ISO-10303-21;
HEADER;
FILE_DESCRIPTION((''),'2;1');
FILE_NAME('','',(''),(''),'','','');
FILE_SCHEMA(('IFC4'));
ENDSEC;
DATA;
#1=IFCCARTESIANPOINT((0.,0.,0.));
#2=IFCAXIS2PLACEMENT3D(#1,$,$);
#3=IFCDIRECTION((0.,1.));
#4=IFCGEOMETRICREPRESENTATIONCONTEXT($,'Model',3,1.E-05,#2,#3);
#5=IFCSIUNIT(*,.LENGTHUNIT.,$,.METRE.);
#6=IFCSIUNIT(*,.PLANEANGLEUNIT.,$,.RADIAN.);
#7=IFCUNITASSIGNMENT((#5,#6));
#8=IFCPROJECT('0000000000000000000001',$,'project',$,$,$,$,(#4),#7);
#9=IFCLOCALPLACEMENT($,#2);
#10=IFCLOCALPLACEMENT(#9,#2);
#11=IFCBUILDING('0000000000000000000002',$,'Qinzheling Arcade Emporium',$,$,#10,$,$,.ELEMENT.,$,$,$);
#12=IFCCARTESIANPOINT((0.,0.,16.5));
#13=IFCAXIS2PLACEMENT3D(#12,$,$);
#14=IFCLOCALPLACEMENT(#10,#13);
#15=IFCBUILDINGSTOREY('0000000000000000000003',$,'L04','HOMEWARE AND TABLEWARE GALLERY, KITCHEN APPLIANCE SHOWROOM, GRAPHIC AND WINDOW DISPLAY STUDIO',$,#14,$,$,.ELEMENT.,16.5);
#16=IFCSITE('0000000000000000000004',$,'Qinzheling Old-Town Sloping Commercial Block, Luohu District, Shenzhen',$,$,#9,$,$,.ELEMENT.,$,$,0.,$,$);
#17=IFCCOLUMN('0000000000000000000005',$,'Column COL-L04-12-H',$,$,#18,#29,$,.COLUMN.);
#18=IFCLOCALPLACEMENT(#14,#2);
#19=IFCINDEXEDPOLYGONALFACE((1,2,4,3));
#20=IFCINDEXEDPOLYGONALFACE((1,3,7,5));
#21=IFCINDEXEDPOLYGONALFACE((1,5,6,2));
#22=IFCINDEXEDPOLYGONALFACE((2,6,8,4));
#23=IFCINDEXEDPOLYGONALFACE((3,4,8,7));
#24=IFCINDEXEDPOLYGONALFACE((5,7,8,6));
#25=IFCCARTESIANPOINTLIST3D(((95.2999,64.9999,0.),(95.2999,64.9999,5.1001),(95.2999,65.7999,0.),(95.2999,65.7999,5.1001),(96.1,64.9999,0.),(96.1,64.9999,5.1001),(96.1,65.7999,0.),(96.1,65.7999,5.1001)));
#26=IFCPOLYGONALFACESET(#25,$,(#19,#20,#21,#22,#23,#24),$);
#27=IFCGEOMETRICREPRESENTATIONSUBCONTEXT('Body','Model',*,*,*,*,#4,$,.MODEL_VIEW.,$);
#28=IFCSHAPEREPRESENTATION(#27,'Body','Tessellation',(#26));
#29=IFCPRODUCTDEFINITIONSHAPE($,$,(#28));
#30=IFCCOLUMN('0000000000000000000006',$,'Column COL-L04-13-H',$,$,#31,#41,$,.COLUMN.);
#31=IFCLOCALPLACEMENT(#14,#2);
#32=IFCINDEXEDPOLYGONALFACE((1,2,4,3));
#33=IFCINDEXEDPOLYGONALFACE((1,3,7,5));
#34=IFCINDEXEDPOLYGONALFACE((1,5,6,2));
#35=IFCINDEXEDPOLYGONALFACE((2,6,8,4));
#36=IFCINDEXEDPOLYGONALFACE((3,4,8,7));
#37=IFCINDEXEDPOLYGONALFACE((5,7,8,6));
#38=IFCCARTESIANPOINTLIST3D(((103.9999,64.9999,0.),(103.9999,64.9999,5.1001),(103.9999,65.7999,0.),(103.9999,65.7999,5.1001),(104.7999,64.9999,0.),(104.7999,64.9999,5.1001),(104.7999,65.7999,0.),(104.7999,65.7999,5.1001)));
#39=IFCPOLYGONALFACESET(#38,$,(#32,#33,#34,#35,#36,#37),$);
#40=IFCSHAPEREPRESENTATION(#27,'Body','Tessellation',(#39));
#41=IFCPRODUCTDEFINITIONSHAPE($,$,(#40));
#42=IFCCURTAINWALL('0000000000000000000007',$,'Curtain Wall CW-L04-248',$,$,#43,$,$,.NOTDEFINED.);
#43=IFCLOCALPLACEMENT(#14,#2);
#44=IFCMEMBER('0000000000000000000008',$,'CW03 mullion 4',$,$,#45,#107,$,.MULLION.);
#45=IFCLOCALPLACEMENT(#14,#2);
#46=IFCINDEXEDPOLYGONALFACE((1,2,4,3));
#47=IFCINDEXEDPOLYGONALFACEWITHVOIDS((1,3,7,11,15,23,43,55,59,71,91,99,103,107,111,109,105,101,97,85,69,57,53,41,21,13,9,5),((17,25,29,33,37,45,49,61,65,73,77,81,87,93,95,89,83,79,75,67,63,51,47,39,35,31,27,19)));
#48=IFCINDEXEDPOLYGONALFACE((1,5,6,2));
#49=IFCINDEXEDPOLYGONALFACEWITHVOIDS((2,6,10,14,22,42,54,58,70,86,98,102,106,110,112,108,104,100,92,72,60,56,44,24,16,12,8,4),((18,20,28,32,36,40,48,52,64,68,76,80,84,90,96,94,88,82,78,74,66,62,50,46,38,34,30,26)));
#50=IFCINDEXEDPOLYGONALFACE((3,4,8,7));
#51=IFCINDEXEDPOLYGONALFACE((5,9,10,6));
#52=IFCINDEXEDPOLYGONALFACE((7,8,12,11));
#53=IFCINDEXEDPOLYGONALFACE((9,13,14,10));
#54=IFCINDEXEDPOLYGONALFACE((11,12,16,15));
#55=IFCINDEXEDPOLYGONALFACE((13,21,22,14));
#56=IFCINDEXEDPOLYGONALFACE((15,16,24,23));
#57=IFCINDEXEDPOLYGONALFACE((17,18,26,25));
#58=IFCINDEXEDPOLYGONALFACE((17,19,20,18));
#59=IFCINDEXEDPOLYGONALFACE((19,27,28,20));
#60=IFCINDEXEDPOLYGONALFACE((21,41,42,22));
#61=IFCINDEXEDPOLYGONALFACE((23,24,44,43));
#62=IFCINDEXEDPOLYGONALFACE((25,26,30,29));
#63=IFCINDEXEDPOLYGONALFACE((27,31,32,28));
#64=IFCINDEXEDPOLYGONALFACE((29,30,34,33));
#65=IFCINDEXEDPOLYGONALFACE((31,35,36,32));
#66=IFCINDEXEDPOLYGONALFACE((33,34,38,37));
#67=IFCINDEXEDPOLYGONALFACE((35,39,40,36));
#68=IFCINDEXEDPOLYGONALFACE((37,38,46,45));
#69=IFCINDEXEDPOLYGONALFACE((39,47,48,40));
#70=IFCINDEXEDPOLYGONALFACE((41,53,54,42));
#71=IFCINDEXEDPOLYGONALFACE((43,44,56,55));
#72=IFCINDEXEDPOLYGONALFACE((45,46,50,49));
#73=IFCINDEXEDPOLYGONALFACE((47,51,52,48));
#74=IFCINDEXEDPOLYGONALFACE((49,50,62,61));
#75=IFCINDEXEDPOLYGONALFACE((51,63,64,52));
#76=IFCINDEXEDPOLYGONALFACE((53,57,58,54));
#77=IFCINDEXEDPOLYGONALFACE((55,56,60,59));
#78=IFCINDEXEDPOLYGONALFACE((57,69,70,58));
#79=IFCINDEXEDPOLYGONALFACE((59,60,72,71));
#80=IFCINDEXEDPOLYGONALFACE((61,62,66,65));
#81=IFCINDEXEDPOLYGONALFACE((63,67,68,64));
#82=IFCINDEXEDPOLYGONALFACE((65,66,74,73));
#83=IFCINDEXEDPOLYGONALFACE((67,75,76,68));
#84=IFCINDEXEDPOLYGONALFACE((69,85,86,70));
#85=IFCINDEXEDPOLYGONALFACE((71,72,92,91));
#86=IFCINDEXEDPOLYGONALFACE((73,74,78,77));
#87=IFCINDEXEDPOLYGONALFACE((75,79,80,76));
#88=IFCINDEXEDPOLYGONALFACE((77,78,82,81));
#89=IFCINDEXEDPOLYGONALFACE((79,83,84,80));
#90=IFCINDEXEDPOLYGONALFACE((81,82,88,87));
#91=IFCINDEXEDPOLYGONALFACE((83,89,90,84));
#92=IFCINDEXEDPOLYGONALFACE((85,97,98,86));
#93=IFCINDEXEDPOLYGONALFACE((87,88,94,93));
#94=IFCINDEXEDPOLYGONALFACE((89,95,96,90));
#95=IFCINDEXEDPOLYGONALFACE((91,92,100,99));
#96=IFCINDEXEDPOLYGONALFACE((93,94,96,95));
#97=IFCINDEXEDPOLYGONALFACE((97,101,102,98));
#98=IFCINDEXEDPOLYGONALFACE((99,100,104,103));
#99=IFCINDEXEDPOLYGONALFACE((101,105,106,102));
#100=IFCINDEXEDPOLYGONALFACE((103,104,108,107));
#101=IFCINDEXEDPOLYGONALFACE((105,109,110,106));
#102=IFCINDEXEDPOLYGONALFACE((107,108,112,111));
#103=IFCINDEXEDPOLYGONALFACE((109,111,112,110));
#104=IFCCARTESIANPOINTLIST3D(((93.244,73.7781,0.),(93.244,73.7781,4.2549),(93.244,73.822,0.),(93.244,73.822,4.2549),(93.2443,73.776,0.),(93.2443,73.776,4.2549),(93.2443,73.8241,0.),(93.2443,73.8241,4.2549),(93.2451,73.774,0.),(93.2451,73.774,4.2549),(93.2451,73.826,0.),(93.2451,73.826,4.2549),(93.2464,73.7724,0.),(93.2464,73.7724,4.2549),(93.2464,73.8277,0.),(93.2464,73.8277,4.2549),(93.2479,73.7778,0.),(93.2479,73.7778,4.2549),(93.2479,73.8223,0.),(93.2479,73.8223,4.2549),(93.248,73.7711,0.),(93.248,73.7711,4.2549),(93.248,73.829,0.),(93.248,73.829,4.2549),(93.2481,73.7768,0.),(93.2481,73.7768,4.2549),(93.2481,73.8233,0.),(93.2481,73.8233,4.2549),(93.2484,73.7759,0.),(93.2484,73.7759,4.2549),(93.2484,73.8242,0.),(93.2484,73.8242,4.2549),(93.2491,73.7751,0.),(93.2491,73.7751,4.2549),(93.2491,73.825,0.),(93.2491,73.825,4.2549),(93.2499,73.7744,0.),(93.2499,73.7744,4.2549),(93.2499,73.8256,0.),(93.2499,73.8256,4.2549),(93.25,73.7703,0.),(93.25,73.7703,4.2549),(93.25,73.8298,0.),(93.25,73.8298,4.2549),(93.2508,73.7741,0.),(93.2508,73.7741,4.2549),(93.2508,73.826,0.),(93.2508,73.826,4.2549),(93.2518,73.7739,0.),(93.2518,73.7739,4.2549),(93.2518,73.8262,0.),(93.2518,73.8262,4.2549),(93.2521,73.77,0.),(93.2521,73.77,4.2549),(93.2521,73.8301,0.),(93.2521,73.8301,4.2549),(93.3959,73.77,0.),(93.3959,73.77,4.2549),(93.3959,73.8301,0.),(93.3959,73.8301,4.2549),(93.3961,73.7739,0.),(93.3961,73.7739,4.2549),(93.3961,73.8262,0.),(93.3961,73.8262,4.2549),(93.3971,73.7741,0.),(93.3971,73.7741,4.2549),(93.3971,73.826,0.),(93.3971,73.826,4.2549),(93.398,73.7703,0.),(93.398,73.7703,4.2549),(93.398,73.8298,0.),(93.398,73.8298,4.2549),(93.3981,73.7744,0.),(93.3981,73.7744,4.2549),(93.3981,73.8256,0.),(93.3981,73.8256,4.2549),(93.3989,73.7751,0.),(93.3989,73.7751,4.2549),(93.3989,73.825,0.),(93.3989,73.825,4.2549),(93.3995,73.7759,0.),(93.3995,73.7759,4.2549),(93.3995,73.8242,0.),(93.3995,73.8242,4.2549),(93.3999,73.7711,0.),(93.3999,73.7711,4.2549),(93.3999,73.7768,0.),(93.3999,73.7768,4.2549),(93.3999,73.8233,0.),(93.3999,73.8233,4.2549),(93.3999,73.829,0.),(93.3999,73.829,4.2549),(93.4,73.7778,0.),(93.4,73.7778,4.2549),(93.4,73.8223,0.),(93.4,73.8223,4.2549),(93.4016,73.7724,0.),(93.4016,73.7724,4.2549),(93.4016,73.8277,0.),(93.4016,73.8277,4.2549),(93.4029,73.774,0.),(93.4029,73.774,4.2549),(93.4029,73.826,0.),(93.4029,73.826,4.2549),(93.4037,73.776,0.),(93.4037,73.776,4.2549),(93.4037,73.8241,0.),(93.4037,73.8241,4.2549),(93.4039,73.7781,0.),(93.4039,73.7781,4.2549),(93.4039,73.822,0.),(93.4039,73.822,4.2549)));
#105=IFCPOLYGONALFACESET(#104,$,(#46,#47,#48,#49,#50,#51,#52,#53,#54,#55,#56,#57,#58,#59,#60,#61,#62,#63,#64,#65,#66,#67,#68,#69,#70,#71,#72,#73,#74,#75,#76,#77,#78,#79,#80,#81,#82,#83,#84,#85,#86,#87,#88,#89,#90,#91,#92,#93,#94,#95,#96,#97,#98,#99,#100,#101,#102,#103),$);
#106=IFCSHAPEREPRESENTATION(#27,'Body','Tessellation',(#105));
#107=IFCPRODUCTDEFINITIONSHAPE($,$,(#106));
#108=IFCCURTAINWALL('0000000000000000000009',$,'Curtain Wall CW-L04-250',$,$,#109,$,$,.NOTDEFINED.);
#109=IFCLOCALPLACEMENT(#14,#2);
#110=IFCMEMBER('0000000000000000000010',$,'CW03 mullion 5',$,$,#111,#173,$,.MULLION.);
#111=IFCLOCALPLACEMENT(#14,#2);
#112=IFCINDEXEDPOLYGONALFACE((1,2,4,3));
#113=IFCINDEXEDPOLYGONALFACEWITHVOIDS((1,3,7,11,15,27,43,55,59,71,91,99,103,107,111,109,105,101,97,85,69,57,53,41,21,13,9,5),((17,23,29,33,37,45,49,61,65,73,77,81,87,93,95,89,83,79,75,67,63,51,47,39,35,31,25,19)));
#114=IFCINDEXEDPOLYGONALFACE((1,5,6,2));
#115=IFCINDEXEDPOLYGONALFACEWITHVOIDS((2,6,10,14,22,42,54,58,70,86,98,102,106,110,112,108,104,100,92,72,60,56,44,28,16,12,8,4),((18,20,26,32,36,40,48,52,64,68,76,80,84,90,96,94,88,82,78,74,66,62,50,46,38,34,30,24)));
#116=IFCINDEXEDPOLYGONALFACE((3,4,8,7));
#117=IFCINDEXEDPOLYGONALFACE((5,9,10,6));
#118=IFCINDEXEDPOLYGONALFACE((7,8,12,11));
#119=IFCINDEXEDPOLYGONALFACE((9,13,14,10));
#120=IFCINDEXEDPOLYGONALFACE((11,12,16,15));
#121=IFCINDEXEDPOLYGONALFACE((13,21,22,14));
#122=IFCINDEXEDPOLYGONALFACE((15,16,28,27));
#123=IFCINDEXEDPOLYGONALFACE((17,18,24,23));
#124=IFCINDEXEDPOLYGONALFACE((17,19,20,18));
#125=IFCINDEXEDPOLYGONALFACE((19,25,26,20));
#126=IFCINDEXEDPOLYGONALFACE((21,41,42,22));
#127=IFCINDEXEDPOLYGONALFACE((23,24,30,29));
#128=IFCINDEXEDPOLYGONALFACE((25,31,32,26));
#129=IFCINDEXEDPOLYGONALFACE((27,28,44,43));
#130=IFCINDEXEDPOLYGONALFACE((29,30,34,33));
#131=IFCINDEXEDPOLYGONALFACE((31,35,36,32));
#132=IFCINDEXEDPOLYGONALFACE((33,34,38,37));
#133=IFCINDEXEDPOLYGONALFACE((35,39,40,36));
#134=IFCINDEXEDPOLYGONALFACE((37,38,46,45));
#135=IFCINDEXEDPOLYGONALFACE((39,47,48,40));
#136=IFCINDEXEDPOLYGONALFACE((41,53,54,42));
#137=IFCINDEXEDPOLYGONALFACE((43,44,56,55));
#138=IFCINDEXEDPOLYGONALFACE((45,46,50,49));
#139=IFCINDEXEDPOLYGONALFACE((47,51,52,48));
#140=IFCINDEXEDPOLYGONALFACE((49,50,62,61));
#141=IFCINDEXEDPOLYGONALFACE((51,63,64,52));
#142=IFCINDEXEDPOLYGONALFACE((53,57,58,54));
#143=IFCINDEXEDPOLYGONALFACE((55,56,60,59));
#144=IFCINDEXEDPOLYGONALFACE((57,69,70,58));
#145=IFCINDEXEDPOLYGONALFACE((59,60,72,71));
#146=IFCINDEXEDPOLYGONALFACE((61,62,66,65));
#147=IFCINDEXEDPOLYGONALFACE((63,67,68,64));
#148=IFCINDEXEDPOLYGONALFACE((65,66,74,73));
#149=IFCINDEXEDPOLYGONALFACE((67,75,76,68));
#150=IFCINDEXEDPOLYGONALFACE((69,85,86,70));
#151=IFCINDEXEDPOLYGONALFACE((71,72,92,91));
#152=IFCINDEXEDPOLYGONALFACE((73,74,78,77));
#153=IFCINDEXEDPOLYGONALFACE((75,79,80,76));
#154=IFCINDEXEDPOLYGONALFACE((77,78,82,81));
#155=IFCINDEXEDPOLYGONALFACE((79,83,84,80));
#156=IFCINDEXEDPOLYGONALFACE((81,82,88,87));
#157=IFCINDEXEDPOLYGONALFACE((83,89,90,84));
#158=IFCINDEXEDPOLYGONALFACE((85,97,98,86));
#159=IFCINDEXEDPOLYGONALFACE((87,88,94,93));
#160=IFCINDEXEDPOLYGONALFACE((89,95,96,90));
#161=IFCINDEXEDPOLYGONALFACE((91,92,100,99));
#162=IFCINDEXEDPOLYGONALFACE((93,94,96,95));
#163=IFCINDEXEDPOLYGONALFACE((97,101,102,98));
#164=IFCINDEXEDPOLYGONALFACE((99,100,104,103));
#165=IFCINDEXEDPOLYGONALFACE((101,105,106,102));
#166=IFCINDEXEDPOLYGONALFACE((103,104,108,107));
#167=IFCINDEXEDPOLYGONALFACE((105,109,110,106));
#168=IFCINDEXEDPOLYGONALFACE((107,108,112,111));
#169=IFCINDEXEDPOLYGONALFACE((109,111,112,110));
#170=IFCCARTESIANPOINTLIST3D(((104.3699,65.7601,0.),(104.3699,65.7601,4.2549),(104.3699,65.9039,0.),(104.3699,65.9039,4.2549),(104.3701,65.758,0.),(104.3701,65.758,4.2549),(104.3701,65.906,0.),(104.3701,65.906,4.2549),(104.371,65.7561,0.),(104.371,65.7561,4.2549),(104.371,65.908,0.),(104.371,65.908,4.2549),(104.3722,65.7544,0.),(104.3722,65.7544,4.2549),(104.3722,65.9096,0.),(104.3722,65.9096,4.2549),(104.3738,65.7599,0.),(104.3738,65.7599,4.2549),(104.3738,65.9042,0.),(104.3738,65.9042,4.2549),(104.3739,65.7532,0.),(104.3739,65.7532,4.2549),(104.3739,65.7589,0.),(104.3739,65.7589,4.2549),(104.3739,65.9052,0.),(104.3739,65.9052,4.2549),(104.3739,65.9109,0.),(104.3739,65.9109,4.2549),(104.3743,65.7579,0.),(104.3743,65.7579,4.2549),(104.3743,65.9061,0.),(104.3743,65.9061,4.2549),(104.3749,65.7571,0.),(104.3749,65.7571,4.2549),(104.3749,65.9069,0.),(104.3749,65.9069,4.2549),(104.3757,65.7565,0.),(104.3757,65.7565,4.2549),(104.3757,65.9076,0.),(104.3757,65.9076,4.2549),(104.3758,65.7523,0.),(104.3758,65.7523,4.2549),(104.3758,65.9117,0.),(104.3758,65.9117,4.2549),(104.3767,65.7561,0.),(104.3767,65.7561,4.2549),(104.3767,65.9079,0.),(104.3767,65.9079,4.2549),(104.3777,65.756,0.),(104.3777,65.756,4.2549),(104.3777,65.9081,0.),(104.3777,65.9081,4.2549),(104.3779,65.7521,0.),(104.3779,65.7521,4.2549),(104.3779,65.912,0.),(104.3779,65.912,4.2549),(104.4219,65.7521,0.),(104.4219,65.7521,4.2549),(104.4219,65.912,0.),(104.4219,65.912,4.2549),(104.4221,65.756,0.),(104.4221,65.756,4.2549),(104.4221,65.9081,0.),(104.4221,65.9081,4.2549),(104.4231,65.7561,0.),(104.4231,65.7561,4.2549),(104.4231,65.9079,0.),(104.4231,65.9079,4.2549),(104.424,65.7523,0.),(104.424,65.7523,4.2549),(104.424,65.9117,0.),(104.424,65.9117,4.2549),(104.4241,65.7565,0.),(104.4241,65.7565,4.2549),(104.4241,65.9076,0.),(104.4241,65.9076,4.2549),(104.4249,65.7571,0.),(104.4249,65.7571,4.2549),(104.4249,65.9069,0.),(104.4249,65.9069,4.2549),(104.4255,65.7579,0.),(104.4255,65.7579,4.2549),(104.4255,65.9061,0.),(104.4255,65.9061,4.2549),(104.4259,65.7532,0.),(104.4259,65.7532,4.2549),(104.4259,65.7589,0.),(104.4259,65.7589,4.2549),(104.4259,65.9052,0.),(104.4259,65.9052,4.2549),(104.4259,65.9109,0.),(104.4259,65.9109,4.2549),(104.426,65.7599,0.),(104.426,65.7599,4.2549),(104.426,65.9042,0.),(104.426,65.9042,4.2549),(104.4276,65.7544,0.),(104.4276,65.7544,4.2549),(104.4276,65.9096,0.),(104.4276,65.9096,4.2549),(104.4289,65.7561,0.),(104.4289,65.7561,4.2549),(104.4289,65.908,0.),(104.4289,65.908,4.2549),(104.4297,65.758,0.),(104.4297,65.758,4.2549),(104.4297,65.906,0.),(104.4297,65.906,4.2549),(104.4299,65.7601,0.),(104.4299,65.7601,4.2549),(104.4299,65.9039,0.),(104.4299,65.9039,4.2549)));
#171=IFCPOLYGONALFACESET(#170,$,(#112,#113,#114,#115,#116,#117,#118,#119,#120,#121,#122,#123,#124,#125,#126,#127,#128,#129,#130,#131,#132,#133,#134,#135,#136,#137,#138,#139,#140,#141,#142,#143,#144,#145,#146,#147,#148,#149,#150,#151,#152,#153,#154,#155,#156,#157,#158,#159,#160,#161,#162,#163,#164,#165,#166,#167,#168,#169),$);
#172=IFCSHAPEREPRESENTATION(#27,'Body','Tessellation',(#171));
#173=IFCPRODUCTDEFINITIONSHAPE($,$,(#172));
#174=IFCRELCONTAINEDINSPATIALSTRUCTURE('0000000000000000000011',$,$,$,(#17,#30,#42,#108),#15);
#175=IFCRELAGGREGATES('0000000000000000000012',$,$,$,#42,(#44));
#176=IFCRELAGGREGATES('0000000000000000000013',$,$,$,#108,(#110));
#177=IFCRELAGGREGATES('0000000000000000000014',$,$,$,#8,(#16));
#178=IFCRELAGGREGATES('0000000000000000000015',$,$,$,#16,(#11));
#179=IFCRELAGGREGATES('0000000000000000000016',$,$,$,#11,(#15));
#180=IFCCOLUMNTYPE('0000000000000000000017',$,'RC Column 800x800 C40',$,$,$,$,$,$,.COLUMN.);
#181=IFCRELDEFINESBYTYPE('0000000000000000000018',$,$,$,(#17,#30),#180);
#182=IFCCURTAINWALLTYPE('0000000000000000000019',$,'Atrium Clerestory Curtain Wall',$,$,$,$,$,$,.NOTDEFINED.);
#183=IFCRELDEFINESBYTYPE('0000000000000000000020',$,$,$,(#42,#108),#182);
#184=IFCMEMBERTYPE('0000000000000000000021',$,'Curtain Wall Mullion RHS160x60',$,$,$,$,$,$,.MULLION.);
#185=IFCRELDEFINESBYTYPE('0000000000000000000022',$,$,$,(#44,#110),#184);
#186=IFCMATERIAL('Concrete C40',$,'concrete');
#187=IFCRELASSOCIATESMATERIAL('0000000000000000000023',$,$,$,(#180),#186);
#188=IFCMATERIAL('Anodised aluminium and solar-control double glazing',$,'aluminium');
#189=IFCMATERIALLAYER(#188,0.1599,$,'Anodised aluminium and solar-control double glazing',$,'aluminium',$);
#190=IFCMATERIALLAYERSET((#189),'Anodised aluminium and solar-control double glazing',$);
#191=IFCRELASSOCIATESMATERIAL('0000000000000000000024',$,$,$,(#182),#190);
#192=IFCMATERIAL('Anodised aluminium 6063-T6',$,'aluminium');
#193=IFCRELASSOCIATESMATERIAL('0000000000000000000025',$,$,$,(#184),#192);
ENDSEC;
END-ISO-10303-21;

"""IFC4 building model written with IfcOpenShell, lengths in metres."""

from ifc_helpers import new_model, si_unit, direction, frame, origin, origin_2d, place, context, subcontext, project, spatial, rectangle, hollow_rectangle, extrude, material, layer, layer_set, material_profile, profile_set, type_object, element, aggregate, save


model = new_model("IFC4")

# Units and contexts
model_context = context("Model", 3, precision=1e-05, world=origin(), true_north=direction((0.0, 1.0)))
body_context = subcontext(model_context, "Body", "Model", "MODEL_VIEW")
ifc_project = project(units=[si_unit("LENGTHUNIT", "METRE"), si_unit("PLANEANGLEUNIT", "RADIAN")], contexts=[model_context])

# Site, building, storey
site_placement = place(None, origin())
site = spatial("IfcSite", under=ifc_project, at=site_placement, Name="Qinzheling Old-Town Sloping Commercial Block, Luohu District, Shenzhen", CompositionType="ELEMENT", RefElevation=0.0)
building_placement = place(site_placement, origin())
building = spatial("IfcBuilding", under=site, at=building_placement, Name="Qinzheling Arcade Emporium", CompositionType="ELEMENT")
storey_placement = place(building_placement, frame((0.0, 0.0, 16.5)))
storey = spatial("IfcBuildingStorey", under=building, at=storey_placement, Name="L04", Description="HOMEWARE AND TABLEWARE GALLERY, KITCHEN APPLIANCE SHOWROOM, GRAPHIC AND WINDOW DISPLAY STUDIO", CompositionType="ELEMENT", Elevation=16.5)

# Columns
ifc_material_1 = material(Name="Concrete C40", Category="concrete")
ifc_material_profile_1 = material_profile(ifc_material_1, rectangle(XDim=0.8, YDim=0.8, at=origin_2d()), Name="RC 800x800", Category="concrete")
ifc_profile_set_1 = profile_set([ifc_material_profile_1], Name="Concrete C40")
column_type = type_object("IfcColumnType", Name="RC Column 800x800 C40", PredefinedType="COLUMN", material=ifc_profile_set_1)
for number, where, z_axis, x_axis, name in (
    (1, (95.7, 65.3999, 0.0), (0.0, 0.0, 1.0), (1.0, 0.0, 0.0), "Column COL-L04-12-H"),
    (2, (104.3999, 65.3999, 0.0), (0.0, 0.0, 1.0), (1.0, 0.0, 0.0), "Column COL-L04-13-H"),
):
    element("IfcColumn", number, at=place(storey_placement, frame(where, z_axis=z_axis, x_axis=x_axis)), inside=storey, type_object=column_type, Name=name, PredefinedType="COLUMN", context=body_context, shape_type="SweptSolid", body=[
        extrude(rectangle(XDim=0.8, YDim=0.8, at=origin_2d()), origin(), (0.0, 0.0, 1.0), 5.1001),
    ])

# Curtain walls, members
ifc_material_2 = material(Name="Anodised aluminium and solar-control double glazing", Category="aluminium")
ifc_layer_1 = layer(ifc_material_2, 0.1599, Name="Anodised aluminium and solar-control double glazing", Category="aluminium")
ifc_layer_set_1 = layer_set([ifc_layer_1], Name="Anodised aluminium and solar-control double glazing")
curtain_wall_type = type_object("IfcCurtainWallType", Name="Atrium Clerestory Curtain Wall", PredefinedType="NOTDEFINED", material=ifc_layer_set_1)
curtain_wall_1_placement = place(storey_placement, origin())
curtain_wall_1 = element("IfcCurtainWall", 3, at=curtain_wall_1_placement, inside=storey, type_object=curtain_wall_type, Name="Curtain Wall CW-L04-248", PredefinedType="NOTDEFINED")
ifc_material_3 = material(Name="Anodised aluminium 6063-T6", Category="aluminium")
ifc_material_profile_2 = material_profile(ifc_material_3, hollow_rectangle(XDim=0.0601, YDim=0.1599, WallThickness=0.0039, InnerFilletRadius=0.0039, OuterFilletRadius=0.0081, at=origin_2d()), Name="RHS 160x60x4", Category="aluminium")
ifc_profile_set_2 = profile_set([ifc_material_profile_2], Name="Anodised aluminium 6063-T6")
member_type_1 = type_object("IfcMemberType", Name="Curtain Wall Mullion RHS160x60", PredefinedType="MULLION", material=ifc_profile_set_2)
member_1_placement = place(storey_placement, frame((93.324, 73.8, 0.0), z_axis=(0.0, 0.0, 1.0), x_axis=(0.0, 1.0, 0.0)))
member_1 = element("IfcMember", 4, at=member_1_placement, type_object=member_type_1, Name="CW03 mullion 4", PredefinedType="MULLION", context=body_context, shape_type="SweptSolid", body=[
    extrude(hollow_rectangle(XDim=0.0601, YDim=0.1599, WallThickness=0.0039, InnerFilletRadius=0.0039, OuterFilletRadius=0.0081, at=origin_2d()), origin(), (0.0, 0.0, 1.0), 4.2549),
])
curtain_wall_2_placement = place(storey_placement, origin())
curtain_wall_2 = element("IfcCurtainWall", 5, at=curtain_wall_2_placement, inside=storey, type_object=curtain_wall_type, Name="Curtain Wall CW-L04-250", PredefinedType="NOTDEFINED")
member_2_placement = place(storey_placement, frame((104.3999, 65.832, 0.0), z_axis=(0.0, 0.0, 1.0), x_axis=(1.0, 0.0, 0.0)))
member_2 = element("IfcMember", 6, at=member_2_placement, type_object=member_type_1, Name="CW03 mullion 5", PredefinedType="MULLION", context=body_context, shape_type="SweptSolid", body=[
    extrude(hollow_rectangle(XDim=0.0601, YDim=0.1599, WallThickness=0.0039, InnerFilletRadius=0.0039, OuterFilletRadius=0.0081, at=origin_2d()), origin(), (0.0, 0.0, 1.0), 4.2549),
])

aggregate(curtain_wall_1, [member_1])
aggregate(curtain_wall_2, [member_2])

save(model, "model.ifc")
